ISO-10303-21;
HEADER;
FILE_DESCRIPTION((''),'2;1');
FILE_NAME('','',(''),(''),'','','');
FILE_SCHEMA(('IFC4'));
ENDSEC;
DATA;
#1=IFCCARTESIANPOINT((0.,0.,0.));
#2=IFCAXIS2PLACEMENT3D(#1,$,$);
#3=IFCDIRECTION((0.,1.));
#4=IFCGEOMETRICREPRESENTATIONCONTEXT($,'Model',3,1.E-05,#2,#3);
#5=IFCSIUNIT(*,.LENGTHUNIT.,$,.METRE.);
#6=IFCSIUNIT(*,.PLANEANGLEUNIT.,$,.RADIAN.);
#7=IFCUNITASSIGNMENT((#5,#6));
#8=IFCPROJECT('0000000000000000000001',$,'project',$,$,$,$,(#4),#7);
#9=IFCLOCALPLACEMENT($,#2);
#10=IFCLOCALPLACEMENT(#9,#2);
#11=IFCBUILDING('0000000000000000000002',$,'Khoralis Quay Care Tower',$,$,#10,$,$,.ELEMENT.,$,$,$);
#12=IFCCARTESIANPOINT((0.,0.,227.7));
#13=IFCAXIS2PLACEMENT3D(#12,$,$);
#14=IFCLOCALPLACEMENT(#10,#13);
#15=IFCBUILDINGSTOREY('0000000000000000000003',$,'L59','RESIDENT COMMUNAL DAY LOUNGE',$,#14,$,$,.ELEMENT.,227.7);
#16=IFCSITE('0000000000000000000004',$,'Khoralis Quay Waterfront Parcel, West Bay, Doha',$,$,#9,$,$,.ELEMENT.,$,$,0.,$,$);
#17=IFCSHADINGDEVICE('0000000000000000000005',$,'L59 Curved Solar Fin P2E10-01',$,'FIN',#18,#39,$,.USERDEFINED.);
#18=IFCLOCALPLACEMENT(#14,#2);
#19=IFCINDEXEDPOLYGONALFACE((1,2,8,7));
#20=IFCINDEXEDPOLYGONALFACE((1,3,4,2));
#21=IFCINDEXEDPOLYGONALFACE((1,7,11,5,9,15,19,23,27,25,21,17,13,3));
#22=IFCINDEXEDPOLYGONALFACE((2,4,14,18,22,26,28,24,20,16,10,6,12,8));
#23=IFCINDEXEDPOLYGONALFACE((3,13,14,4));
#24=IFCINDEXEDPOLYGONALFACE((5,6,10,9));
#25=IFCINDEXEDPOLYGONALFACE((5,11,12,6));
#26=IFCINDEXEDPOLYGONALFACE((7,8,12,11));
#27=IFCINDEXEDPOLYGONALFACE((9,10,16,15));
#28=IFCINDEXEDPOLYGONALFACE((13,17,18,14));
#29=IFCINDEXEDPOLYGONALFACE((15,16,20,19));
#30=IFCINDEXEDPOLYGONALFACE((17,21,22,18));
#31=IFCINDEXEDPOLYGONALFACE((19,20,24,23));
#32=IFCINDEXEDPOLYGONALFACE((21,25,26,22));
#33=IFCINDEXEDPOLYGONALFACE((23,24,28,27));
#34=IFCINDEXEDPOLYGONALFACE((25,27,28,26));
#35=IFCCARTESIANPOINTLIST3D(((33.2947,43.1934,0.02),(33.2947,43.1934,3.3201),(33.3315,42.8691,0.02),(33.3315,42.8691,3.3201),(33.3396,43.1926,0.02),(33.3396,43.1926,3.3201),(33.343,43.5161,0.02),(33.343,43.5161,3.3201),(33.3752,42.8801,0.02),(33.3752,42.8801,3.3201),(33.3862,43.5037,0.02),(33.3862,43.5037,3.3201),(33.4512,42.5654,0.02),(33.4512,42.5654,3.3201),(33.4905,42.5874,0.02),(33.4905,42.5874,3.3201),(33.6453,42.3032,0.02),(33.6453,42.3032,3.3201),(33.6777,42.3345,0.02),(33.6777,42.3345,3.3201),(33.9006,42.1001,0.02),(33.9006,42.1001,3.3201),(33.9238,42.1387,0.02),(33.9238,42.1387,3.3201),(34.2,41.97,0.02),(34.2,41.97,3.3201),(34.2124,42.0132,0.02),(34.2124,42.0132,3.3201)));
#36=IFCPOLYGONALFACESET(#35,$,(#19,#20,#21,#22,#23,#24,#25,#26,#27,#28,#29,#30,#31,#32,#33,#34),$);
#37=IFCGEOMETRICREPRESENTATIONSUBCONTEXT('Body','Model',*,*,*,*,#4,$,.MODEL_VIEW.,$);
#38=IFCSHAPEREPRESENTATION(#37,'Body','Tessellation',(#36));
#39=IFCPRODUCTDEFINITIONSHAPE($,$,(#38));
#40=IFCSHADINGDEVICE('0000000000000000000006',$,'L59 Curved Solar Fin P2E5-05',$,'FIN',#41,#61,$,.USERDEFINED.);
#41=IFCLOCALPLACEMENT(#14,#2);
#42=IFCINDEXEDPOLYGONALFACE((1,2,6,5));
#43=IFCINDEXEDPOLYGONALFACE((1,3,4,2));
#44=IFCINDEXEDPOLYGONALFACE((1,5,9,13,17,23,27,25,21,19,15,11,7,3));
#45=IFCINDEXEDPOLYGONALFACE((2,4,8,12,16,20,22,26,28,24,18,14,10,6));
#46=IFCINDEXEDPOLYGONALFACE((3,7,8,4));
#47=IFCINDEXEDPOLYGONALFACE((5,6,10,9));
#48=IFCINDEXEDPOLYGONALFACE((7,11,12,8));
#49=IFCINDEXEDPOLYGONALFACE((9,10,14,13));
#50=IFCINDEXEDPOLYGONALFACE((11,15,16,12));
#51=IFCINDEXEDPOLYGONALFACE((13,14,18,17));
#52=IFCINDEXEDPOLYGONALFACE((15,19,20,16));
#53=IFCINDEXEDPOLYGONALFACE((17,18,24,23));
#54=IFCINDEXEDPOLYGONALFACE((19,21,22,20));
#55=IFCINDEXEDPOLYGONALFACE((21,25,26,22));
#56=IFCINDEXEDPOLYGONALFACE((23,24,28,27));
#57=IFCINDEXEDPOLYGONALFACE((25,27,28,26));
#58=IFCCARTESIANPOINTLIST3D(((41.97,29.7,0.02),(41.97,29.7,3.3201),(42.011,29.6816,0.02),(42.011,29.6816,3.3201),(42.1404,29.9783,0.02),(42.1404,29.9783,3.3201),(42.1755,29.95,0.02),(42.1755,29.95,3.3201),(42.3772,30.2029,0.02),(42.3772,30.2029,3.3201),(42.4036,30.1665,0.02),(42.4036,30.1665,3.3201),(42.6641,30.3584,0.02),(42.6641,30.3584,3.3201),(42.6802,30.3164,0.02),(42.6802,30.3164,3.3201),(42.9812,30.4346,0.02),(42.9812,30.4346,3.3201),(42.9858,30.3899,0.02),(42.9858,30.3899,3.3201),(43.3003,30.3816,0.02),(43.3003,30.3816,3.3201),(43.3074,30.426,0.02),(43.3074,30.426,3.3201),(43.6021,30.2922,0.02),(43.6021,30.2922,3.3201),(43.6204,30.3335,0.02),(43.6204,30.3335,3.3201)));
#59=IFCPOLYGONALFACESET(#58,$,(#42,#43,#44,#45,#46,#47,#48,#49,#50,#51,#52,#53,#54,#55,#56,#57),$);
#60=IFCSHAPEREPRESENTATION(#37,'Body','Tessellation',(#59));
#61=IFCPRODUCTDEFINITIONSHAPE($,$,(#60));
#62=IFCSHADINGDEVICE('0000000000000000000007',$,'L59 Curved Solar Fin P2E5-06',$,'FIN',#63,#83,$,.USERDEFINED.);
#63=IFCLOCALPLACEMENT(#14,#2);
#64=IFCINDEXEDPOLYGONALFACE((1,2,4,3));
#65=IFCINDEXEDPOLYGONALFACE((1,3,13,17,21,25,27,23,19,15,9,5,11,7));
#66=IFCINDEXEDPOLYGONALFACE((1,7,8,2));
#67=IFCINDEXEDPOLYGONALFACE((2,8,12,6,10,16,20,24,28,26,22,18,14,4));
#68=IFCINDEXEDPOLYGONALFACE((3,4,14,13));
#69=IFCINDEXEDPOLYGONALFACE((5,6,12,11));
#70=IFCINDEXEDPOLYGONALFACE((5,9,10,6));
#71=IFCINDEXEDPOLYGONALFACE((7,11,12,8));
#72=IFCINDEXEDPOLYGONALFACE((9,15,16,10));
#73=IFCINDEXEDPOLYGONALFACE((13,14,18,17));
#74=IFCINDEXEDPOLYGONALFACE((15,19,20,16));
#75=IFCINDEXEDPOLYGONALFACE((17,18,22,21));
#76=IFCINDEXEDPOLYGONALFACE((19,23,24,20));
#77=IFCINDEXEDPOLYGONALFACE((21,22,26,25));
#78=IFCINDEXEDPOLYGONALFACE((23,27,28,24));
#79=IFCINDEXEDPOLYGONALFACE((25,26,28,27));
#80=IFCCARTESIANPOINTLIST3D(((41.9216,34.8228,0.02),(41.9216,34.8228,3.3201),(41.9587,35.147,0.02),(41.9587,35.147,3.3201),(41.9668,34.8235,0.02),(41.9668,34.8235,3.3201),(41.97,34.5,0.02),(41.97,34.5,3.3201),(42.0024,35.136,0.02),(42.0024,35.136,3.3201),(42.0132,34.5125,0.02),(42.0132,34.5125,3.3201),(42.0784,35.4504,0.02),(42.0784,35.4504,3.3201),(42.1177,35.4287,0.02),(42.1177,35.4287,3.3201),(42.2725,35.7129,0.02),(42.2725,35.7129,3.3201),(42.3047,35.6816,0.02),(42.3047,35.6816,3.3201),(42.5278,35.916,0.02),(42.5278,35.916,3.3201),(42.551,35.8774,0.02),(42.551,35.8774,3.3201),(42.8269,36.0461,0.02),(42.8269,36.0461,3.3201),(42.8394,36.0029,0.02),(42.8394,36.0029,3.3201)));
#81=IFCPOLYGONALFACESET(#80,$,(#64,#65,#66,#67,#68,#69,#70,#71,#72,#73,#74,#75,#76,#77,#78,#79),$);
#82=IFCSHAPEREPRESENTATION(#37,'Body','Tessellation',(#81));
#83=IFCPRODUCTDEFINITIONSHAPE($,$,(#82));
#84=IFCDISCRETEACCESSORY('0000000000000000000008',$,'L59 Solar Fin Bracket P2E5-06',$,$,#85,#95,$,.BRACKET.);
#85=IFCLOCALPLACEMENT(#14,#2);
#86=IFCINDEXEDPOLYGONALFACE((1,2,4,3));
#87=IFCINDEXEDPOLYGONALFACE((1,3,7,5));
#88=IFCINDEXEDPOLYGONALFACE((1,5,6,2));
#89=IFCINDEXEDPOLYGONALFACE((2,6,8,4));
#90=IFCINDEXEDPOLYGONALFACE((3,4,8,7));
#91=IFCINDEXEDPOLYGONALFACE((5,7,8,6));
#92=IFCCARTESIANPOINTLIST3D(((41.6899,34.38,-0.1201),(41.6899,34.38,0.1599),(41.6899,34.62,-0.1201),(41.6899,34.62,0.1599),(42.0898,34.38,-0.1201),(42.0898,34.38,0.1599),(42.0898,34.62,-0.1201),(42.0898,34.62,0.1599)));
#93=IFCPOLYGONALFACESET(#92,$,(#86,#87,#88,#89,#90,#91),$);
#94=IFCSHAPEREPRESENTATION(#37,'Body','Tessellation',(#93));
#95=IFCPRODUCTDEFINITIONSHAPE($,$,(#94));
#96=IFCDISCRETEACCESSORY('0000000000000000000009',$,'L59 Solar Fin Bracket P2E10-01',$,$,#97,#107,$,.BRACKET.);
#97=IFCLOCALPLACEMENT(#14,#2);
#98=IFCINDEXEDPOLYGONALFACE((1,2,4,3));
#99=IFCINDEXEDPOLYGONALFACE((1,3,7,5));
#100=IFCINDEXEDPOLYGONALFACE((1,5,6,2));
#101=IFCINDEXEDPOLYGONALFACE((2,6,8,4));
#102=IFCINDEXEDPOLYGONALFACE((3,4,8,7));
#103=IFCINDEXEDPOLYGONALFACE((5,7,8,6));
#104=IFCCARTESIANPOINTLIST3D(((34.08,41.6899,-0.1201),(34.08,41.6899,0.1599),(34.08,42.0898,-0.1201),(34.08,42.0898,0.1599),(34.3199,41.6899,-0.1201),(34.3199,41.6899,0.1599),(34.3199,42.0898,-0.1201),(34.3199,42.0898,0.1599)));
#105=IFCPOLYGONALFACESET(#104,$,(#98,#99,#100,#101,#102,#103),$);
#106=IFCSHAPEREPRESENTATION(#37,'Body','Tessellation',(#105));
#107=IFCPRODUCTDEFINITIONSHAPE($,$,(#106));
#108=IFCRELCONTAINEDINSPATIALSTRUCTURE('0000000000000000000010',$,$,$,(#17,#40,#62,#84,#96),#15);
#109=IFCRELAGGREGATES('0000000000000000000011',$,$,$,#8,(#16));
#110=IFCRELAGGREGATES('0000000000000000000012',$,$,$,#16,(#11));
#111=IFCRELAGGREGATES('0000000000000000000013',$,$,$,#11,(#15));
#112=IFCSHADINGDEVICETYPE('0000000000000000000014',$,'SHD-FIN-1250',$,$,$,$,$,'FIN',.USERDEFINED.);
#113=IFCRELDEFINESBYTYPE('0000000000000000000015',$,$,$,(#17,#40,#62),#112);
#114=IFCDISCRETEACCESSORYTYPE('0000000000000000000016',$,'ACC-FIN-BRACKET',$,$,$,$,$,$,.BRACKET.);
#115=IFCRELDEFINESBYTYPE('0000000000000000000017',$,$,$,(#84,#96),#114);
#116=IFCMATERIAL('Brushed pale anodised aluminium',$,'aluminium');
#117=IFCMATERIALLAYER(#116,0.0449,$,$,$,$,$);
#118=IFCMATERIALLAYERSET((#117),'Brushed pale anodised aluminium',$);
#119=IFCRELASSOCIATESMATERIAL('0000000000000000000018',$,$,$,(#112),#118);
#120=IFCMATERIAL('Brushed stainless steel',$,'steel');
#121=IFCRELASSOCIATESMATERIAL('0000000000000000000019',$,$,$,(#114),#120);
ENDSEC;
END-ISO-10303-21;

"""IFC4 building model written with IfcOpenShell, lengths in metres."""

from ifc_helpers import new_model, si_unit, direction, frame, origin, origin_2d, place, context, subcontext, project, spatial, polyline, rectangle, outline, extrude, source, transform, mapped, material, layer, layer_set, type_object, element, save


model = new_model("IFC4")

# Units and contexts
model_context = context("Model", 3, precision=1e-05, world=origin(), true_north=direction((0.0, 1.0)))
body_context = subcontext(model_context, "Body", "Model", "MODEL_VIEW")
ifc_project = project(units=[si_unit("LENGTHUNIT", "METRE"), si_unit("PLANEANGLEUNIT", "RADIAN")], contexts=[model_context])

# Site, building, storey
site_placement = place(None, origin())
site = spatial("IfcSite", under=ifc_project, at=site_placement, Name="Khoralis Quay Waterfront Parcel, West Bay, Doha", CompositionType="ELEMENT", RefElevation=0.0)
building_placement = place(site_placement, origin())
building = spatial("IfcBuilding", under=site, at=building_placement, Name="Khoralis Quay Care Tower", CompositionType="ELEMENT")
storey_placement = place(building_placement, frame((0.0, 0.0, 227.7)))
storey = spatial("IfcBuildingStorey", under=building, at=storey_placement, Name="L59", Description="RESIDENT COMMUNAL DAY LOUNGE", CompositionType="ELEMENT", Elevation=227.7)

# Shading devices
ifc_material_1 = material(Name="Brushed pale anodised aluminium", Category="aluminium")
ifc_layer_1 = layer(ifc_material_1, 0.0449)
ifc_layer_set_1 = layer_set([ifc_layer_1], Name="Brushed pale anodised aluminium")
shading_device_type = type_object("IfcShadingDeviceType", Name="SHD-FIN-1250", ElementType="FIN", PredefinedType="USERDEFINED", material=ifc_layer_set_1)
shared_shape_1 = source(origin(), body_context, "Body", "SweptSolid", [
    extrude(outline(polyline([(0.0, 0.0), (0.1301, 0.2993), (0.3333, 0.5547), (0.5955, 0.7488), (0.8992, 0.8684), (1.2234, 0.9053), (1.5461, 0.8569), (1.5337, 0.8137), (1.2227, 0.8604), (0.9102, 0.8247), (0.6174, 0.7095), (0.3645, 0.5222), (0.1687, 0.2761), (0.0432, -0.0125), (0.0, 0.0)])), origin(), (0.0, 0.0, 1.0), 3.3),
])
shading_device_1_placement = place(storey_placement, frame((34.2, 41.97, 0.02), z_axis=(0.0, 0.0, 1.0), x_axis=(0.0, 1.0, 0.0)))
element("IfcShadingDevice", 1, at=shading_device_1_placement, inside=storey, type_object=shading_device_type, Name="L59 Curved Solar Fin P2E10-01", ObjectType="FIN", PredefinedType="USERDEFINED", context=body_context, shape_type="MappedRepresentation", body=[
    mapped(shared_shape_1, transform((0.0, 0.0, 0.0), scale=1.0)),
])
shared_shape_2 = source(origin(), body_context, "Body", "SweptSolid", [
    extrude(outline(polyline([(0.0, 0.0), (0.1704, 0.2783), (0.4072, 0.5029), (0.6941, 0.6584), (1.0112, 0.7346), (1.3374, 0.7261), (1.6504, 0.6335), (1.6321, 0.5923), (1.3303, 0.6816), (1.0159, 0.6899), (0.7102, 0.6165), (0.4336, 0.4666), (0.2056, 0.25), (0.041, -0.0183), (0.0, 0.0)])), origin(), (0.0, 0.0, 1.0), 3.3),
])
shading_device_2_placement = place(storey_placement, frame((41.97, 29.7, 0.02), z_axis=(0.0, 0.0, 1.0), x_axis=(1.0, 0.0, 0.0)))
element("IfcShadingDevice", 2, at=shading_device_2_placement, inside=storey, type_object=shading_device_type, Name="L59 Curved Solar Fin P2E5-05", ObjectType="FIN", PredefinedType="USERDEFINED", context=body_context, shape_type="MappedRepresentation", body=[
    mapped(shared_shape_2, transform((0.0, 0.0, 0.0), scale=1.0)),
])
shared_shape_3 = source(origin(), body_context, "Body", "SweptSolid", [
    extrude(outline(polyline([(0.0, 0.0), (-0.0483, 0.3228), (-0.0112, 0.647), (0.1084, 0.9504), (0.3025, 1.2129), (0.5579, 1.416), (0.8569, 1.5461), (0.8694, 1.5029), (0.5811, 1.3774), (0.3347, 1.1816), (0.1477, 0.9287), (0.0325, 0.636), (-0.0032, 0.3235), (0.0432, 0.0125), (0.0, 0.0)])), origin(), (0.0, 0.0, 1.0), 3.3),
])
shading_device_3_placement = place(storey_placement, frame((41.97, 34.5, 0.02), z_axis=(0.0, 0.0, 1.0), x_axis=(1.0, 0.0, 0.0)))
element("IfcShadingDevice", 3, at=shading_device_3_placement, inside=storey, type_object=shading_device_type, Name="L59 Curved Solar Fin P2E5-06", ObjectType="FIN", PredefinedType="USERDEFINED", context=body_context, shape_type="MappedRepresentation", body=[
    mapped(shared_shape_3, transform((0.0, 0.0, 0.0), scale=1.0)),
])

# Discrete accessories
ifc_material_2 = material(Name="Brushed stainless steel", Category="steel")
discrete_accessory_type = type_object("IfcDiscreteAccessoryType", Name="ACC-FIN-BRACKET", PredefinedType="BRACKET", material=ifc_material_2)
shared_shape_4 = source(origin(), body_context, "Body", "SweptSolid", [
    extrude(rectangle(XDim=0.3999, YDim=0.24, at=origin_2d()), origin(), (0.0, 0.0, 1.0), 0.28),
])
for number, where, z_axis, x_axis, name in (
    (4, (41.8899, 34.5, -0.1201), (0.0, 0.0, 1.0), (1.0, 0.0, 0.0), "L59 Solar Fin Bracket P2E5-06"),
    (5, (34.2, 41.8899, -0.1201), (0.0, 0.0, 1.0), (0.0, 1.0, 0.0), "L59 Solar Fin Bracket P2E10-01"),
):
    element("IfcDiscreteAccessory", number, at=place(storey_placement, frame(where, z_axis=z_axis, x_axis=x_axis)), inside=storey, type_object=discrete_accessory_type, Name=name, PredefinedType="BRACKET", context=body_context, shape_type="MappedRepresentation", body=[
        mapped(shared_shape_4, transform((0.0, 0.0, 0.0), scale=1.0)),
    ])

save(model, "model.ifc")
